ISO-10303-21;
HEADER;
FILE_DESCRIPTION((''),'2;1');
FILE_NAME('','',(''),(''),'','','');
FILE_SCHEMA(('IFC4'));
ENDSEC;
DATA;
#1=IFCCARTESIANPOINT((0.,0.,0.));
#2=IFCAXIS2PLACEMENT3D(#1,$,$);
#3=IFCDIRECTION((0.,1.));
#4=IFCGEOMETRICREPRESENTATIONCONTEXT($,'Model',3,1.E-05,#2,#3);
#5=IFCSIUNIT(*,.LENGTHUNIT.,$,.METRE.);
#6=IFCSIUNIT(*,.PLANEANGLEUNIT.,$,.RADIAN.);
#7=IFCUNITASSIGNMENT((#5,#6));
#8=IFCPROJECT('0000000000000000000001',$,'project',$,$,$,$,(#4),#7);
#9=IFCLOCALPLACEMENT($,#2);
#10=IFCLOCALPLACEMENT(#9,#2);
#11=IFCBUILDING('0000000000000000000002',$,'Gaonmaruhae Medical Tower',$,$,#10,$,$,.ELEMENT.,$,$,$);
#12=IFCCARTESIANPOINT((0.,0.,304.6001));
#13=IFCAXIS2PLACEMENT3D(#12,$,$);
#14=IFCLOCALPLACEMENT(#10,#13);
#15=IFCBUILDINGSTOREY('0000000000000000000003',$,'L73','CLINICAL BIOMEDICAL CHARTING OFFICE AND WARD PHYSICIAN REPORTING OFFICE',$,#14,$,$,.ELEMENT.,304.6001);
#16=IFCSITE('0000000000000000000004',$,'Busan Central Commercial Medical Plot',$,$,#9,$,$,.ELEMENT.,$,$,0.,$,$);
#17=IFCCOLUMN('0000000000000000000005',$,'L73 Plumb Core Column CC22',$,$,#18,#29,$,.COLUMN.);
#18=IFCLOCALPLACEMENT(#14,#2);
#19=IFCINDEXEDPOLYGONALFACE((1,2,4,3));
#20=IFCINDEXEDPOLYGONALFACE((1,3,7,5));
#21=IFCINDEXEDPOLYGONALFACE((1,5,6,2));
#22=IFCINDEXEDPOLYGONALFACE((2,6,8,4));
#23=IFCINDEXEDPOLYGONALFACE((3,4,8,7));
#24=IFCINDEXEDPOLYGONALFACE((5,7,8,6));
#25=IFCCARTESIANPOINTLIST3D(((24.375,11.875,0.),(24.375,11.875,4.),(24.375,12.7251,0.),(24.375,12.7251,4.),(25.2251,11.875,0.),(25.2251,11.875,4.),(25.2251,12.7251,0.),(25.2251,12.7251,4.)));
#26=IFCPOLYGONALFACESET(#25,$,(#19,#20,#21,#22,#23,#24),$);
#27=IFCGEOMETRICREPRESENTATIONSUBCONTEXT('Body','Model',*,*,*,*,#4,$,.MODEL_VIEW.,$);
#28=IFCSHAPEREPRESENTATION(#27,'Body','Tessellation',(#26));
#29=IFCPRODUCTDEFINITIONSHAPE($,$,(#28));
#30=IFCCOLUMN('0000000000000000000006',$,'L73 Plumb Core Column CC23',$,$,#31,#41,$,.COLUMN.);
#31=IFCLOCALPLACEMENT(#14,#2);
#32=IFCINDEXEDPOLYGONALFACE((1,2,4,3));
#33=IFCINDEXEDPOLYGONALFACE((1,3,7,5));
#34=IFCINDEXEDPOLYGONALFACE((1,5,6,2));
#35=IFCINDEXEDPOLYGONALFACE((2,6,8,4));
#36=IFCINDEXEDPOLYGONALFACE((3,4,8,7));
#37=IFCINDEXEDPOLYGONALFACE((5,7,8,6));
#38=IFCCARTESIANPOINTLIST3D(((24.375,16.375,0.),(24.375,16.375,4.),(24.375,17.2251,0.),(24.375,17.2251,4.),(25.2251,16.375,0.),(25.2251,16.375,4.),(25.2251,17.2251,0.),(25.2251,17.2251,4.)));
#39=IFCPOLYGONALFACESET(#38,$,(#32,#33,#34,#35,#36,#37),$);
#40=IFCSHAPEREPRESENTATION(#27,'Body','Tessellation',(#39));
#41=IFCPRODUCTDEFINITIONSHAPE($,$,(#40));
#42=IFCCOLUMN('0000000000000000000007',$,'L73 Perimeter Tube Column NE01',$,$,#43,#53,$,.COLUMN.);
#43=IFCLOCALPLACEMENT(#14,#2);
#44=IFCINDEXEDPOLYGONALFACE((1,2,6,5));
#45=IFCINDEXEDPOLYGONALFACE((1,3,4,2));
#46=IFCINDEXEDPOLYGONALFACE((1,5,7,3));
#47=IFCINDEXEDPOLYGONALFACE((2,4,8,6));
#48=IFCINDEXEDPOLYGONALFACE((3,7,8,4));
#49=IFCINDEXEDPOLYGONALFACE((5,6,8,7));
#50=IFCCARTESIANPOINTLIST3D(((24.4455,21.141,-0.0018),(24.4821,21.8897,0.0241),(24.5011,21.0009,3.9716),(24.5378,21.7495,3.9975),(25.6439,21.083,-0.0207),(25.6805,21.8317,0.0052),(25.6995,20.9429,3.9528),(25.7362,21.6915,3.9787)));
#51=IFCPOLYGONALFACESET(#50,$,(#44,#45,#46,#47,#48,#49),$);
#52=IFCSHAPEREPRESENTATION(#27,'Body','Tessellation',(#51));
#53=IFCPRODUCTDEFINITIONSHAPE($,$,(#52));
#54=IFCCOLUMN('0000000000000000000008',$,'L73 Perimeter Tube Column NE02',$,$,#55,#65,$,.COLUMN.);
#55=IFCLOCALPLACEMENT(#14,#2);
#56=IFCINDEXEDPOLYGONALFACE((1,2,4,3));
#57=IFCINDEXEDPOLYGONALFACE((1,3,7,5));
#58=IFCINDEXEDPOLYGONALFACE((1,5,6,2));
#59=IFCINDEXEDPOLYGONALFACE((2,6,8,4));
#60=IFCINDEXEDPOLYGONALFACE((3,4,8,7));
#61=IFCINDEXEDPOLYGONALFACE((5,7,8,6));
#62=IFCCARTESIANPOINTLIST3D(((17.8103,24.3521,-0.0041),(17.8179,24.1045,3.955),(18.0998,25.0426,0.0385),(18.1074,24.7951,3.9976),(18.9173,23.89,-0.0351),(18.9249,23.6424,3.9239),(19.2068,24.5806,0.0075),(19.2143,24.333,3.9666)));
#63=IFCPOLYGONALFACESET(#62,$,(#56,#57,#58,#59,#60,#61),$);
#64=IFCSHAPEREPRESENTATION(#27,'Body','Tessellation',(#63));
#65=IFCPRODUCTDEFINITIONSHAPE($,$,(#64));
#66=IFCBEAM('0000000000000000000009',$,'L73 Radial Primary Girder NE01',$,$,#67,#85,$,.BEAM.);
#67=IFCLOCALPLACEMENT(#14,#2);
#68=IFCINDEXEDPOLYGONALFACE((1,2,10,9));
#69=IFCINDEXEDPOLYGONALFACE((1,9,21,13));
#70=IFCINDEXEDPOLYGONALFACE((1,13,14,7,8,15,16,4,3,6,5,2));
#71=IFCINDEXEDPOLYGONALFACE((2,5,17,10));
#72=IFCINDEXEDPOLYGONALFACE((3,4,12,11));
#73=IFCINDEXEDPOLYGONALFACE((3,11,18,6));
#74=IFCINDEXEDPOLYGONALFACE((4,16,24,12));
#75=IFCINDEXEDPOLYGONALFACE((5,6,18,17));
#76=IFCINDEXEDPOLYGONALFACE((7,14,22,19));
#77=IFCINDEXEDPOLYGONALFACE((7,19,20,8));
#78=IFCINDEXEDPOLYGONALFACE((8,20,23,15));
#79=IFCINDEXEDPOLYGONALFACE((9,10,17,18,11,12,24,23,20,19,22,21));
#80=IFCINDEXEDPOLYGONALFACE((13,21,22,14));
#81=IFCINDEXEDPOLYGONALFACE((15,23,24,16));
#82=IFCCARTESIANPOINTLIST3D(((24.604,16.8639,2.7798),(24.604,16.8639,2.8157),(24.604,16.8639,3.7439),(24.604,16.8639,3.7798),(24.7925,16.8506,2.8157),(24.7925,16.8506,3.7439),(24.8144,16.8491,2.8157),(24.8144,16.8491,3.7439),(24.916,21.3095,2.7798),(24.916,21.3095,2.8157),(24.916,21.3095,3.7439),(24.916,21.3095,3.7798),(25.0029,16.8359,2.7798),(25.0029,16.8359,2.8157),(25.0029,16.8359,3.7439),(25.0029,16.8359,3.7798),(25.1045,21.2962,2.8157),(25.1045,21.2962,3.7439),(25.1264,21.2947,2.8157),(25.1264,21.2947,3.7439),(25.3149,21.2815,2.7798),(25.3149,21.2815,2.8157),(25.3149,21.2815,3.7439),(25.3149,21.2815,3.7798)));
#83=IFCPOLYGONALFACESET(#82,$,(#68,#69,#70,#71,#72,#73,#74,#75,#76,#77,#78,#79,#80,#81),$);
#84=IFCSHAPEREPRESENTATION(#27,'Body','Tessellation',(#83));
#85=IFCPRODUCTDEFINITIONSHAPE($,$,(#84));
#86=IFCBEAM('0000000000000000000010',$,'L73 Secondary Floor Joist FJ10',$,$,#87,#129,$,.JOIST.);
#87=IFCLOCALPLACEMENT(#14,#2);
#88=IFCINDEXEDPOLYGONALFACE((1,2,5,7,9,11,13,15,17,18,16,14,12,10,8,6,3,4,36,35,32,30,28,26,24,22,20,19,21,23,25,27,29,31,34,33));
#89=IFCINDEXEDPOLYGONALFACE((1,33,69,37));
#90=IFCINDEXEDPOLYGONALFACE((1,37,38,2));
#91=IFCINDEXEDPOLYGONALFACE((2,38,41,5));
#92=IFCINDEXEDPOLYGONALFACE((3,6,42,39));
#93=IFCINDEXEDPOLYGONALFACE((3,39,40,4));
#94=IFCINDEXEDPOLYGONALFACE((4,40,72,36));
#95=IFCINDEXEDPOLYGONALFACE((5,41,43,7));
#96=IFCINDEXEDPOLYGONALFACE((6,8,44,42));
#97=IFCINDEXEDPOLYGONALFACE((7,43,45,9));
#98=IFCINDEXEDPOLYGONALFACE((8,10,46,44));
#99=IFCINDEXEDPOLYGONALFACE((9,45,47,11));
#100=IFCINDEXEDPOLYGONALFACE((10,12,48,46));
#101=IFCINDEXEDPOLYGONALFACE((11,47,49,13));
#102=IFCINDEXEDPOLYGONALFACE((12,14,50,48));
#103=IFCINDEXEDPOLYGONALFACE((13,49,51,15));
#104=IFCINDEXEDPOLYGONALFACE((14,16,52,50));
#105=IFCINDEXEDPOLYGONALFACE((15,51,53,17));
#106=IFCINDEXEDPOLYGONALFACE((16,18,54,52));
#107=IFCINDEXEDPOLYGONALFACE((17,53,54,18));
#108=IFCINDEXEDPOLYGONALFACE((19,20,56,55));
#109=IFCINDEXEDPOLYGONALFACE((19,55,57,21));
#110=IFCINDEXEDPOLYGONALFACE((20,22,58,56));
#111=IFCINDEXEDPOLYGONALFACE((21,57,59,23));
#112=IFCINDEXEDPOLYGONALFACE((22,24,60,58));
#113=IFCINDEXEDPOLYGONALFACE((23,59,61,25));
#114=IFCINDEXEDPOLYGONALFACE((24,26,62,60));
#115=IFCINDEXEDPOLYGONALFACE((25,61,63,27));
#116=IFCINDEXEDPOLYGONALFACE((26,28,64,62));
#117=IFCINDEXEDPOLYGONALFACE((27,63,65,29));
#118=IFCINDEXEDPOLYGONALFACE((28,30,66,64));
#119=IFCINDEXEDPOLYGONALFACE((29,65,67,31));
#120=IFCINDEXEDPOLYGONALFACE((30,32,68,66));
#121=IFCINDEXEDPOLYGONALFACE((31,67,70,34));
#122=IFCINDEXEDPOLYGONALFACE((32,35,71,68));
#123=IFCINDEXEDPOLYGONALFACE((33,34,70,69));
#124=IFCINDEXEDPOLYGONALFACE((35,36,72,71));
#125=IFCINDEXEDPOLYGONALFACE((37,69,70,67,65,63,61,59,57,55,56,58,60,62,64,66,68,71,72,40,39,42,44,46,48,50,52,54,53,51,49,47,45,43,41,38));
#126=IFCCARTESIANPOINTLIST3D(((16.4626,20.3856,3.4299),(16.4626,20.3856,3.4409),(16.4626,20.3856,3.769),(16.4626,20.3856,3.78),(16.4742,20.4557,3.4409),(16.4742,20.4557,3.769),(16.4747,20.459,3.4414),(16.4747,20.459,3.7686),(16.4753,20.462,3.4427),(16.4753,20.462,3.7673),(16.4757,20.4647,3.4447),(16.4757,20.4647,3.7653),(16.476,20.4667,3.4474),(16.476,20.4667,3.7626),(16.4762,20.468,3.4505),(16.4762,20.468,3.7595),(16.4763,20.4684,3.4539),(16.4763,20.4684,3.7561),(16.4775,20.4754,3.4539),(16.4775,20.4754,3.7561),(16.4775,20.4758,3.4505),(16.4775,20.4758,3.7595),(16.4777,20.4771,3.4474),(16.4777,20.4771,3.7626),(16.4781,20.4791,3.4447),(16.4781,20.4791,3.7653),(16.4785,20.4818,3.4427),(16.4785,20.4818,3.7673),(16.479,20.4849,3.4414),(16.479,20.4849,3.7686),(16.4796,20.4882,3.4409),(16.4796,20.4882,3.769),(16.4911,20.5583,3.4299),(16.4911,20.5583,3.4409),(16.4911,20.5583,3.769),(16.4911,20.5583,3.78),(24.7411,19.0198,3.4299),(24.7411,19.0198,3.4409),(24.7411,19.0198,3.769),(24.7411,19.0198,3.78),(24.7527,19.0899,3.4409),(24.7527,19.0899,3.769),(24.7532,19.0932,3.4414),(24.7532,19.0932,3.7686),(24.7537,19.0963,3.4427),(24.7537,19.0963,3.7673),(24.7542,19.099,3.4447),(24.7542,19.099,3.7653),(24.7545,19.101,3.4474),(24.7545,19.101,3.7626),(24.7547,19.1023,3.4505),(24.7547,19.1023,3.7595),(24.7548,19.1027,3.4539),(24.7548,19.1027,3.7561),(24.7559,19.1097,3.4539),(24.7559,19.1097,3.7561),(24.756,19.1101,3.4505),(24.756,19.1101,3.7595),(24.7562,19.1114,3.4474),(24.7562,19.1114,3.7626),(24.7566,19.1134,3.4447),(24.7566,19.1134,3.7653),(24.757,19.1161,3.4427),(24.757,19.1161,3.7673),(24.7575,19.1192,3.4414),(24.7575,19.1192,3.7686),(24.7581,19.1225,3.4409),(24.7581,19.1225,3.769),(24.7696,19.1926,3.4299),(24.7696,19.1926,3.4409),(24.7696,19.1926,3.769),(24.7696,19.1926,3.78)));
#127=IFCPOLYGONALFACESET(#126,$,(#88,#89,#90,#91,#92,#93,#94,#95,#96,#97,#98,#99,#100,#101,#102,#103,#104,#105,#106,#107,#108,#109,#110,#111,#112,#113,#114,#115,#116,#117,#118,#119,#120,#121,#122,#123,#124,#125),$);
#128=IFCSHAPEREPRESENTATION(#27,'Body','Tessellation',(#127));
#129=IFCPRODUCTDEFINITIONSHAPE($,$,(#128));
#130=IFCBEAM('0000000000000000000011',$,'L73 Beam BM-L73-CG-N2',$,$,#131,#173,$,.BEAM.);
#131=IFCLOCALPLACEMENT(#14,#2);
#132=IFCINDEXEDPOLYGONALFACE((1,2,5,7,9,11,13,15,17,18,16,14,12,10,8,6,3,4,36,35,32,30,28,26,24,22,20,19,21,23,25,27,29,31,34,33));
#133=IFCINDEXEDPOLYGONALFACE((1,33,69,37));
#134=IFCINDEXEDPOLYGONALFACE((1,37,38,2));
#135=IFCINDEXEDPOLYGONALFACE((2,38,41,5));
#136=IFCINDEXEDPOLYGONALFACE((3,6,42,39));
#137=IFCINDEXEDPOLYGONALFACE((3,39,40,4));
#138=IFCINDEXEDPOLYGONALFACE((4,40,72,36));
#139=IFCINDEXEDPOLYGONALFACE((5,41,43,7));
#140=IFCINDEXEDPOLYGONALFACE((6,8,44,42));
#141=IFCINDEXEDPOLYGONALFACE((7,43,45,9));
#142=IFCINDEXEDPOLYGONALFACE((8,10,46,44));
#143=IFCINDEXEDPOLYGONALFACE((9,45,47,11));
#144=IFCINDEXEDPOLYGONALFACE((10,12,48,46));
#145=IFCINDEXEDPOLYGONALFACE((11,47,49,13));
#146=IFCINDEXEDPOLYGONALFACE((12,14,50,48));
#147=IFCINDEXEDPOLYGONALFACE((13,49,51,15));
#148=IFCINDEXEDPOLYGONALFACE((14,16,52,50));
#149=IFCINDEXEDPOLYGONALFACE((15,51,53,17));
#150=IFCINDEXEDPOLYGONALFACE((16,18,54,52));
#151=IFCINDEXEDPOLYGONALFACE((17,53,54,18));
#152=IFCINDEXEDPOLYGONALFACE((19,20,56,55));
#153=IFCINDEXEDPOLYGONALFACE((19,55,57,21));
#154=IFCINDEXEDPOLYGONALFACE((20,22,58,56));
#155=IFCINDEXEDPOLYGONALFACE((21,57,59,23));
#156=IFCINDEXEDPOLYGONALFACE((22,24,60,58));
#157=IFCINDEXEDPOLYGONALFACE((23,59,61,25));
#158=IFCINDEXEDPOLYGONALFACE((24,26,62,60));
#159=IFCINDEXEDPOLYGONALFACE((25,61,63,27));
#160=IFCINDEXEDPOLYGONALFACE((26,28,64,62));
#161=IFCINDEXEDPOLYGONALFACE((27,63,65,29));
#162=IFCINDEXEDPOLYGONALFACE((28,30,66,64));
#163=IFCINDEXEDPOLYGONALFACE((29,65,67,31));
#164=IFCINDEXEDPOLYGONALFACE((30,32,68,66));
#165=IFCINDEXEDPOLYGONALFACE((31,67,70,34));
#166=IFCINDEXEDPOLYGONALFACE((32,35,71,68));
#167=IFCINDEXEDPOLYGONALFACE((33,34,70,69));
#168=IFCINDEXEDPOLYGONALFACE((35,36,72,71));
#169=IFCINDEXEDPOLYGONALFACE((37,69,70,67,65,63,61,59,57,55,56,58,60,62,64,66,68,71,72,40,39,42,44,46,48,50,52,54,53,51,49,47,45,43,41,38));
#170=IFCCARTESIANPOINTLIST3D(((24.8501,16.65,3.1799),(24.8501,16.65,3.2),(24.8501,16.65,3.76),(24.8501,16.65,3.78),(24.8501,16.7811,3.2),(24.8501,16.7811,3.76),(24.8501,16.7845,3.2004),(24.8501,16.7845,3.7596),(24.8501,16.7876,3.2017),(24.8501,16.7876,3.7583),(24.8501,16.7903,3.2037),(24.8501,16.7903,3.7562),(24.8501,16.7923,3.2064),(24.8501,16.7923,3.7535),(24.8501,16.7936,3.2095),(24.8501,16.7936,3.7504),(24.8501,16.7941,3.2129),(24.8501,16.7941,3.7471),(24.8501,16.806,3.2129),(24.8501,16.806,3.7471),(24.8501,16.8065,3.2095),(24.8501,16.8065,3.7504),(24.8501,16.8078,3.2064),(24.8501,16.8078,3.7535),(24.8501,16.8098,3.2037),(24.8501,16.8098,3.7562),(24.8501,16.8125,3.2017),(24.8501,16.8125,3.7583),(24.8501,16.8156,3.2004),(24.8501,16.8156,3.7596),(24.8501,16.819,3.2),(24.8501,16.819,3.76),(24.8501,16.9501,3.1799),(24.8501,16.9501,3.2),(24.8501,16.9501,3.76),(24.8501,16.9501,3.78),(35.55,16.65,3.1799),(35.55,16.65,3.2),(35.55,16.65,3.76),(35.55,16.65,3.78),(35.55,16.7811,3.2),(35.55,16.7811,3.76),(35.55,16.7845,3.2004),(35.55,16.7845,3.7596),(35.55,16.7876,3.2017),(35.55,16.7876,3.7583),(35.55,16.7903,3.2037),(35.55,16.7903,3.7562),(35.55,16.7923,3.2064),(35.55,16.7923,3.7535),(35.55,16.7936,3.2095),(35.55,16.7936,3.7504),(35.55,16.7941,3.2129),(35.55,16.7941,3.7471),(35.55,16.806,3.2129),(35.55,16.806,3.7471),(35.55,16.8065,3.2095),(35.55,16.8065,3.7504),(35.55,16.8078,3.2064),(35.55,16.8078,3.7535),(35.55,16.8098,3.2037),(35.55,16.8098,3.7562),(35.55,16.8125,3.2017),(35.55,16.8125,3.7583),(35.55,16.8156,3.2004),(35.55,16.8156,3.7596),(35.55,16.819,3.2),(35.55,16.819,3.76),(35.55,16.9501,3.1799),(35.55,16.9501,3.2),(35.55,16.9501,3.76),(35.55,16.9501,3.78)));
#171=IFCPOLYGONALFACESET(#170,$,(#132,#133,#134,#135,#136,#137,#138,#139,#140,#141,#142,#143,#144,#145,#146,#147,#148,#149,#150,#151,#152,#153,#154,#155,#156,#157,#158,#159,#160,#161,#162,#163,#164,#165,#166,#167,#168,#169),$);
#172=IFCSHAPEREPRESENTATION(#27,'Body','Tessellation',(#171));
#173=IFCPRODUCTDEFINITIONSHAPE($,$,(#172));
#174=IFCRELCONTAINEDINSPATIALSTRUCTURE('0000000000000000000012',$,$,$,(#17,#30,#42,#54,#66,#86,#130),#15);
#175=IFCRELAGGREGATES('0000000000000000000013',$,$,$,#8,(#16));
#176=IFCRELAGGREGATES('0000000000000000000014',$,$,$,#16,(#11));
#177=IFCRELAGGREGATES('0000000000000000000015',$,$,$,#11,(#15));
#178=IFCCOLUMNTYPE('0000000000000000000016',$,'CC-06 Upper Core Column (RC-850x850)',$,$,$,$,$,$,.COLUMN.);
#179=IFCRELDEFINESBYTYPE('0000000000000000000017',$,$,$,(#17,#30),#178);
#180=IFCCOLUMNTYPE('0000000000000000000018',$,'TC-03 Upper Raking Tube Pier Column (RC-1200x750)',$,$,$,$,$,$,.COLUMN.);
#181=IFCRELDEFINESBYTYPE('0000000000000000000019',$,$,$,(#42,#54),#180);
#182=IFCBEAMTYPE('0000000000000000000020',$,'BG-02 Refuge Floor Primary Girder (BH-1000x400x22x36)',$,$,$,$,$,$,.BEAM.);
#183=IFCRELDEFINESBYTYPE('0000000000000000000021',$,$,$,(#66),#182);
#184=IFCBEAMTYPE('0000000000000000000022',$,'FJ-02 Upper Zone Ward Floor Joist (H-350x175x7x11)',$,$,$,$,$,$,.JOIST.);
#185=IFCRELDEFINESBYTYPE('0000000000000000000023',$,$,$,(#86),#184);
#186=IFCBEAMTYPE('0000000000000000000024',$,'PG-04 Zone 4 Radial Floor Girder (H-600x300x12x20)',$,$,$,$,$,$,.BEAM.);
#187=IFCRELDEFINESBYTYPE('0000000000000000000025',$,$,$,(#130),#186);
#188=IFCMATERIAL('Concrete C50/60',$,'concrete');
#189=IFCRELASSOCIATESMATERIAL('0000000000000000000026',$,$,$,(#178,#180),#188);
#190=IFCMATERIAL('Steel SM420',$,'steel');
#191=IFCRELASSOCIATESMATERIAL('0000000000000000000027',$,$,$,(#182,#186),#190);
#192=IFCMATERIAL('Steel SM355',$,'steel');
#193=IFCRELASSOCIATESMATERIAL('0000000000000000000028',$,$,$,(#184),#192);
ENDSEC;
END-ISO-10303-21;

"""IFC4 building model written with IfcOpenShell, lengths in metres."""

from ifc_helpers import new_model, si_unit, direction, frame, origin, origin_2d, place, context, subcontext, project, spatial, rectangle, i_section, extrude, material, material_profile, profile_set, type_object, element, save


model = new_model("IFC4")

# Units and contexts
model_context = context("Model", 3, precision=1e-05, world=origin(), true_north=direction((0.0, 1.0)))
body_context = subcontext(model_context, "Body", "Model", "MODEL_VIEW")
ifc_project = project(units=[si_unit("LENGTHUNIT", "METRE"), si_unit("PLANEANGLEUNIT", "RADIAN")], contexts=[model_context])

# Site, building, storey
site_placement = place(None, origin())
site = spatial("IfcSite", under=ifc_project, at=site_placement, Name="Busan Central Commercial Medical Plot", CompositionType="ELEMENT", RefElevation=0.0)
building_placement = place(site_placement, origin())
building = spatial("IfcBuilding", under=site, at=building_placement, Name="Gaonmaruhae Medical Tower", CompositionType="ELEMENT")
storey_placement = place(building_placement, frame((0.0, 0.0, 304.6001)))
storey = spatial("IfcBuildingStorey", under=building, at=storey_placement, Name="L73", Description="CLINICAL BIOMEDICAL CHARTING OFFICE AND WARD PHYSICIAN REPORTING OFFICE", CompositionType="ELEMENT", Elevation=304.6001)

# Columns
ifc_material_1 = material(Name="Concrete C50/60", Category="concrete")
ifc_material_profile_1 = material_profile(ifc_material_1, rectangle(XDim=0.8501, YDim=0.8501, at=origin_2d()), Name="RC-850x850")
ifc_profile_set_1 = profile_set([ifc_material_profile_1], Name="Concrete C50/60")
column_type_1 = type_object("IfcColumnType", Name="CC-06 Upper Core Column (RC-850x850)", PredefinedType="COLUMN", material=ifc_profile_set_1)
for number, where, z_axis, x_axis, name in (
    (1, (24.8, 12.3, 0.0), (0.0, 0.0, 1.0), (1.0, 0.0, 0.0), "L73 Plumb Core Column CC22"),
    (2, (24.8, 16.8, 0.0), (0.0, 0.0, 1.0), (1.0, 0.0, 0.0), "L73 Plumb Core Column CC23"),
):
    element("IfcColumn", number, at=place(storey_placement, frame(where, z_axis=z_axis, x_axis=x_axis)), inside=storey, type_object=column_type_1, Name=name, PredefinedType="COLUMN", context=body_context, shape_type="SweptSolid", body=[
        extrude(rectangle(XDim=0.8501, YDim=0.8501, at=origin_2d()), origin(), (0.0, 0.0, 1.0), 4.0),
    ])
ifc_material_profile_2 = material_profile(ifc_material_1, rectangle(XDim=1.2, YDim=0.75, at=origin_2d()), Name="RC-1200x750")
ifc_profile_set_2 = profile_set([ifc_material_profile_2], Name="Concrete C50/60")
column_type_2 = type_object("IfcColumnType", Name="TC-03 Upper Raking Tube Pier Column (RC-1200x750)", PredefinedType="COLUMN", material=ifc_profile_set_2)
column_1_placement = place(storey_placement, frame((25.063, 21.4863, 0.0017), z_axis=(0.013999, -0.035243, 0.999281), x_axis=(-0.998708, 0.048336, 0.015696)))
element("IfcColumn", 3, at=column_1_placement, inside=storey, type_object=column_type_2, Name="L73 Perimeter Tube Column NE01", PredefinedType="COLUMN", context=body_context, shape_type="SweptSolid", body=[
    extrude(rectangle(XDim=1.2, YDim=0.75, at=origin_2d()), origin(), (0.0, 0.0, 1.0), 3.9763),
])
column_2_placement = place(storey_placement, frame((18.5085, 24.4663, 0.0017), z_axis=(0.001908, -0.062409, 0.998049), x_axis=(-0.922521, 0.385081, 0.025843)))
element("IfcColumn", 4, at=column_2_placement, inside=storey, type_object=column_type_2, Name="L73 Perimeter Tube Column NE02", PredefinedType="COLUMN", context=body_context, shape_type="SweptSolid", body=[
    extrude(rectangle(XDim=1.2, YDim=0.75, at=origin_2d()), origin(), (0.0, 0.0, 1.0), 3.9668),
])

# Beams
ifc_material_2 = material(Name="Steel SM420", Category="steel")
ifc_material_profile_3 = material_profile(ifc_material_2, i_section(OverallWidth=0.3999, OverallDepth=1.0, WebThickness=0.022, FlangeThickness=0.0359, at=origin_2d()), Name="BH-1000x400x22x36")
ifc_profile_set_3 = profile_set([ifc_material_profile_3], Name="Steel SM420")
beam_type_1 = type_object("IfcBeamType", Name="BG-02 Refuge Floor Primary Girder (BH-1000x400x22x36)", PredefinedType="BEAM", material=ifc_profile_set_3)
beam_1_placement = place(storey_placement, frame((24.8035, 16.8499, 3.2798), z_axis=(0.070013, 0.997546, 0.0), x_axis=(-0.997546, 0.070013, 0.0)))
element("IfcBeam", 5, at=beam_1_placement, inside=storey, type_object=beam_type_1, Name="L73 Radial Primary Girder NE01", PredefinedType="BEAM", context=body_context, shape_type="SweptSolid", body=[
    extrude(i_section(OverallWidth=0.3999, OverallDepth=1.0, WebThickness=0.022, FlangeThickness=0.0359, at=origin_2d()), origin(), (0.0, 0.0, 1.0), 4.4565),
])
ifc_material_3 = material(Name="Steel SM355", Category="steel")
ifc_material_profile_4 = material_profile(ifc_material_3, i_section(OverallWidth=0.175, OverallDepth=0.3501, WebThickness=0.0071, FlangeThickness=0.011, FilletRadius=0.0129, at=origin_2d()), Name="H-350x175x7x11")
ifc_profile_set_4 = profile_set([ifc_material_profile_4], Name="Steel SM355")
beam_type_2 = type_object("IfcBeamType", Name="FJ-02 Upper Zone Ward Floor Joist (H-350x175x7x11)", PredefinedType="JOIST", material=ifc_profile_set_4)
beam_2_placement = place(storey_placement, frame((24.7554, 19.1062, 3.605), z_axis=(-0.986664, 0.162771, 0.0), x_axis=(-0.162771, -0.986664, 0.0)))
element("IfcBeam", 6, at=beam_2_placement, inside=storey, type_object=beam_type_2, Name="L73 Secondary Floor Joist FJ10", PredefinedType="JOIST", context=body_context, shape_type="SweptSolid", body=[
    extrude(i_section(OverallWidth=0.175, OverallDepth=0.3501, WebThickness=0.0071, FlangeThickness=0.011, FilletRadius=0.0129, at=origin_2d()), origin(), (0.0, 0.0, 1.0), 8.3904),
])
ifc_material_profile_5 = material_profile(ifc_material_2, i_section(OverallWidth=0.3, OverallDepth=0.6001, WebThickness=0.012, FlangeThickness=0.02, FilletRadius=0.0129, at=origin_2d()), Name="H-600x300x12x20")
ifc_profile_set_5 = profile_set([ifc_material_profile_5], Name="Steel SM420")
beam_type_3 = type_object("IfcBeamType", Name="PG-04 Zone 4 Radial Floor Girder (H-600x300x12x20)", PredefinedType="BEAM", material=ifc_profile_set_5)
beam_3_placement = place(storey_placement, frame((24.8501, 16.8, 3.48), z_axis=(1.0, 0.0, 0.0), x_axis=(0.0, 1.0, 0.0)))
element("IfcBeam", 7, at=beam_3_placement, inside=storey, type_object=beam_type_3, Name="L73 Beam BM-L73-CG-N2", PredefinedType="BEAM", context=body_context, shape_type="SweptSolid", body=[
    extrude(i_section(OverallWidth=0.3, OverallDepth=0.6001, WebThickness=0.012, FlangeThickness=0.02, FilletRadius=0.0129, at=origin_2d()), origin(), (0.0, 0.0, 1.0), 10.7),
])

save(model, "model.ifc")
